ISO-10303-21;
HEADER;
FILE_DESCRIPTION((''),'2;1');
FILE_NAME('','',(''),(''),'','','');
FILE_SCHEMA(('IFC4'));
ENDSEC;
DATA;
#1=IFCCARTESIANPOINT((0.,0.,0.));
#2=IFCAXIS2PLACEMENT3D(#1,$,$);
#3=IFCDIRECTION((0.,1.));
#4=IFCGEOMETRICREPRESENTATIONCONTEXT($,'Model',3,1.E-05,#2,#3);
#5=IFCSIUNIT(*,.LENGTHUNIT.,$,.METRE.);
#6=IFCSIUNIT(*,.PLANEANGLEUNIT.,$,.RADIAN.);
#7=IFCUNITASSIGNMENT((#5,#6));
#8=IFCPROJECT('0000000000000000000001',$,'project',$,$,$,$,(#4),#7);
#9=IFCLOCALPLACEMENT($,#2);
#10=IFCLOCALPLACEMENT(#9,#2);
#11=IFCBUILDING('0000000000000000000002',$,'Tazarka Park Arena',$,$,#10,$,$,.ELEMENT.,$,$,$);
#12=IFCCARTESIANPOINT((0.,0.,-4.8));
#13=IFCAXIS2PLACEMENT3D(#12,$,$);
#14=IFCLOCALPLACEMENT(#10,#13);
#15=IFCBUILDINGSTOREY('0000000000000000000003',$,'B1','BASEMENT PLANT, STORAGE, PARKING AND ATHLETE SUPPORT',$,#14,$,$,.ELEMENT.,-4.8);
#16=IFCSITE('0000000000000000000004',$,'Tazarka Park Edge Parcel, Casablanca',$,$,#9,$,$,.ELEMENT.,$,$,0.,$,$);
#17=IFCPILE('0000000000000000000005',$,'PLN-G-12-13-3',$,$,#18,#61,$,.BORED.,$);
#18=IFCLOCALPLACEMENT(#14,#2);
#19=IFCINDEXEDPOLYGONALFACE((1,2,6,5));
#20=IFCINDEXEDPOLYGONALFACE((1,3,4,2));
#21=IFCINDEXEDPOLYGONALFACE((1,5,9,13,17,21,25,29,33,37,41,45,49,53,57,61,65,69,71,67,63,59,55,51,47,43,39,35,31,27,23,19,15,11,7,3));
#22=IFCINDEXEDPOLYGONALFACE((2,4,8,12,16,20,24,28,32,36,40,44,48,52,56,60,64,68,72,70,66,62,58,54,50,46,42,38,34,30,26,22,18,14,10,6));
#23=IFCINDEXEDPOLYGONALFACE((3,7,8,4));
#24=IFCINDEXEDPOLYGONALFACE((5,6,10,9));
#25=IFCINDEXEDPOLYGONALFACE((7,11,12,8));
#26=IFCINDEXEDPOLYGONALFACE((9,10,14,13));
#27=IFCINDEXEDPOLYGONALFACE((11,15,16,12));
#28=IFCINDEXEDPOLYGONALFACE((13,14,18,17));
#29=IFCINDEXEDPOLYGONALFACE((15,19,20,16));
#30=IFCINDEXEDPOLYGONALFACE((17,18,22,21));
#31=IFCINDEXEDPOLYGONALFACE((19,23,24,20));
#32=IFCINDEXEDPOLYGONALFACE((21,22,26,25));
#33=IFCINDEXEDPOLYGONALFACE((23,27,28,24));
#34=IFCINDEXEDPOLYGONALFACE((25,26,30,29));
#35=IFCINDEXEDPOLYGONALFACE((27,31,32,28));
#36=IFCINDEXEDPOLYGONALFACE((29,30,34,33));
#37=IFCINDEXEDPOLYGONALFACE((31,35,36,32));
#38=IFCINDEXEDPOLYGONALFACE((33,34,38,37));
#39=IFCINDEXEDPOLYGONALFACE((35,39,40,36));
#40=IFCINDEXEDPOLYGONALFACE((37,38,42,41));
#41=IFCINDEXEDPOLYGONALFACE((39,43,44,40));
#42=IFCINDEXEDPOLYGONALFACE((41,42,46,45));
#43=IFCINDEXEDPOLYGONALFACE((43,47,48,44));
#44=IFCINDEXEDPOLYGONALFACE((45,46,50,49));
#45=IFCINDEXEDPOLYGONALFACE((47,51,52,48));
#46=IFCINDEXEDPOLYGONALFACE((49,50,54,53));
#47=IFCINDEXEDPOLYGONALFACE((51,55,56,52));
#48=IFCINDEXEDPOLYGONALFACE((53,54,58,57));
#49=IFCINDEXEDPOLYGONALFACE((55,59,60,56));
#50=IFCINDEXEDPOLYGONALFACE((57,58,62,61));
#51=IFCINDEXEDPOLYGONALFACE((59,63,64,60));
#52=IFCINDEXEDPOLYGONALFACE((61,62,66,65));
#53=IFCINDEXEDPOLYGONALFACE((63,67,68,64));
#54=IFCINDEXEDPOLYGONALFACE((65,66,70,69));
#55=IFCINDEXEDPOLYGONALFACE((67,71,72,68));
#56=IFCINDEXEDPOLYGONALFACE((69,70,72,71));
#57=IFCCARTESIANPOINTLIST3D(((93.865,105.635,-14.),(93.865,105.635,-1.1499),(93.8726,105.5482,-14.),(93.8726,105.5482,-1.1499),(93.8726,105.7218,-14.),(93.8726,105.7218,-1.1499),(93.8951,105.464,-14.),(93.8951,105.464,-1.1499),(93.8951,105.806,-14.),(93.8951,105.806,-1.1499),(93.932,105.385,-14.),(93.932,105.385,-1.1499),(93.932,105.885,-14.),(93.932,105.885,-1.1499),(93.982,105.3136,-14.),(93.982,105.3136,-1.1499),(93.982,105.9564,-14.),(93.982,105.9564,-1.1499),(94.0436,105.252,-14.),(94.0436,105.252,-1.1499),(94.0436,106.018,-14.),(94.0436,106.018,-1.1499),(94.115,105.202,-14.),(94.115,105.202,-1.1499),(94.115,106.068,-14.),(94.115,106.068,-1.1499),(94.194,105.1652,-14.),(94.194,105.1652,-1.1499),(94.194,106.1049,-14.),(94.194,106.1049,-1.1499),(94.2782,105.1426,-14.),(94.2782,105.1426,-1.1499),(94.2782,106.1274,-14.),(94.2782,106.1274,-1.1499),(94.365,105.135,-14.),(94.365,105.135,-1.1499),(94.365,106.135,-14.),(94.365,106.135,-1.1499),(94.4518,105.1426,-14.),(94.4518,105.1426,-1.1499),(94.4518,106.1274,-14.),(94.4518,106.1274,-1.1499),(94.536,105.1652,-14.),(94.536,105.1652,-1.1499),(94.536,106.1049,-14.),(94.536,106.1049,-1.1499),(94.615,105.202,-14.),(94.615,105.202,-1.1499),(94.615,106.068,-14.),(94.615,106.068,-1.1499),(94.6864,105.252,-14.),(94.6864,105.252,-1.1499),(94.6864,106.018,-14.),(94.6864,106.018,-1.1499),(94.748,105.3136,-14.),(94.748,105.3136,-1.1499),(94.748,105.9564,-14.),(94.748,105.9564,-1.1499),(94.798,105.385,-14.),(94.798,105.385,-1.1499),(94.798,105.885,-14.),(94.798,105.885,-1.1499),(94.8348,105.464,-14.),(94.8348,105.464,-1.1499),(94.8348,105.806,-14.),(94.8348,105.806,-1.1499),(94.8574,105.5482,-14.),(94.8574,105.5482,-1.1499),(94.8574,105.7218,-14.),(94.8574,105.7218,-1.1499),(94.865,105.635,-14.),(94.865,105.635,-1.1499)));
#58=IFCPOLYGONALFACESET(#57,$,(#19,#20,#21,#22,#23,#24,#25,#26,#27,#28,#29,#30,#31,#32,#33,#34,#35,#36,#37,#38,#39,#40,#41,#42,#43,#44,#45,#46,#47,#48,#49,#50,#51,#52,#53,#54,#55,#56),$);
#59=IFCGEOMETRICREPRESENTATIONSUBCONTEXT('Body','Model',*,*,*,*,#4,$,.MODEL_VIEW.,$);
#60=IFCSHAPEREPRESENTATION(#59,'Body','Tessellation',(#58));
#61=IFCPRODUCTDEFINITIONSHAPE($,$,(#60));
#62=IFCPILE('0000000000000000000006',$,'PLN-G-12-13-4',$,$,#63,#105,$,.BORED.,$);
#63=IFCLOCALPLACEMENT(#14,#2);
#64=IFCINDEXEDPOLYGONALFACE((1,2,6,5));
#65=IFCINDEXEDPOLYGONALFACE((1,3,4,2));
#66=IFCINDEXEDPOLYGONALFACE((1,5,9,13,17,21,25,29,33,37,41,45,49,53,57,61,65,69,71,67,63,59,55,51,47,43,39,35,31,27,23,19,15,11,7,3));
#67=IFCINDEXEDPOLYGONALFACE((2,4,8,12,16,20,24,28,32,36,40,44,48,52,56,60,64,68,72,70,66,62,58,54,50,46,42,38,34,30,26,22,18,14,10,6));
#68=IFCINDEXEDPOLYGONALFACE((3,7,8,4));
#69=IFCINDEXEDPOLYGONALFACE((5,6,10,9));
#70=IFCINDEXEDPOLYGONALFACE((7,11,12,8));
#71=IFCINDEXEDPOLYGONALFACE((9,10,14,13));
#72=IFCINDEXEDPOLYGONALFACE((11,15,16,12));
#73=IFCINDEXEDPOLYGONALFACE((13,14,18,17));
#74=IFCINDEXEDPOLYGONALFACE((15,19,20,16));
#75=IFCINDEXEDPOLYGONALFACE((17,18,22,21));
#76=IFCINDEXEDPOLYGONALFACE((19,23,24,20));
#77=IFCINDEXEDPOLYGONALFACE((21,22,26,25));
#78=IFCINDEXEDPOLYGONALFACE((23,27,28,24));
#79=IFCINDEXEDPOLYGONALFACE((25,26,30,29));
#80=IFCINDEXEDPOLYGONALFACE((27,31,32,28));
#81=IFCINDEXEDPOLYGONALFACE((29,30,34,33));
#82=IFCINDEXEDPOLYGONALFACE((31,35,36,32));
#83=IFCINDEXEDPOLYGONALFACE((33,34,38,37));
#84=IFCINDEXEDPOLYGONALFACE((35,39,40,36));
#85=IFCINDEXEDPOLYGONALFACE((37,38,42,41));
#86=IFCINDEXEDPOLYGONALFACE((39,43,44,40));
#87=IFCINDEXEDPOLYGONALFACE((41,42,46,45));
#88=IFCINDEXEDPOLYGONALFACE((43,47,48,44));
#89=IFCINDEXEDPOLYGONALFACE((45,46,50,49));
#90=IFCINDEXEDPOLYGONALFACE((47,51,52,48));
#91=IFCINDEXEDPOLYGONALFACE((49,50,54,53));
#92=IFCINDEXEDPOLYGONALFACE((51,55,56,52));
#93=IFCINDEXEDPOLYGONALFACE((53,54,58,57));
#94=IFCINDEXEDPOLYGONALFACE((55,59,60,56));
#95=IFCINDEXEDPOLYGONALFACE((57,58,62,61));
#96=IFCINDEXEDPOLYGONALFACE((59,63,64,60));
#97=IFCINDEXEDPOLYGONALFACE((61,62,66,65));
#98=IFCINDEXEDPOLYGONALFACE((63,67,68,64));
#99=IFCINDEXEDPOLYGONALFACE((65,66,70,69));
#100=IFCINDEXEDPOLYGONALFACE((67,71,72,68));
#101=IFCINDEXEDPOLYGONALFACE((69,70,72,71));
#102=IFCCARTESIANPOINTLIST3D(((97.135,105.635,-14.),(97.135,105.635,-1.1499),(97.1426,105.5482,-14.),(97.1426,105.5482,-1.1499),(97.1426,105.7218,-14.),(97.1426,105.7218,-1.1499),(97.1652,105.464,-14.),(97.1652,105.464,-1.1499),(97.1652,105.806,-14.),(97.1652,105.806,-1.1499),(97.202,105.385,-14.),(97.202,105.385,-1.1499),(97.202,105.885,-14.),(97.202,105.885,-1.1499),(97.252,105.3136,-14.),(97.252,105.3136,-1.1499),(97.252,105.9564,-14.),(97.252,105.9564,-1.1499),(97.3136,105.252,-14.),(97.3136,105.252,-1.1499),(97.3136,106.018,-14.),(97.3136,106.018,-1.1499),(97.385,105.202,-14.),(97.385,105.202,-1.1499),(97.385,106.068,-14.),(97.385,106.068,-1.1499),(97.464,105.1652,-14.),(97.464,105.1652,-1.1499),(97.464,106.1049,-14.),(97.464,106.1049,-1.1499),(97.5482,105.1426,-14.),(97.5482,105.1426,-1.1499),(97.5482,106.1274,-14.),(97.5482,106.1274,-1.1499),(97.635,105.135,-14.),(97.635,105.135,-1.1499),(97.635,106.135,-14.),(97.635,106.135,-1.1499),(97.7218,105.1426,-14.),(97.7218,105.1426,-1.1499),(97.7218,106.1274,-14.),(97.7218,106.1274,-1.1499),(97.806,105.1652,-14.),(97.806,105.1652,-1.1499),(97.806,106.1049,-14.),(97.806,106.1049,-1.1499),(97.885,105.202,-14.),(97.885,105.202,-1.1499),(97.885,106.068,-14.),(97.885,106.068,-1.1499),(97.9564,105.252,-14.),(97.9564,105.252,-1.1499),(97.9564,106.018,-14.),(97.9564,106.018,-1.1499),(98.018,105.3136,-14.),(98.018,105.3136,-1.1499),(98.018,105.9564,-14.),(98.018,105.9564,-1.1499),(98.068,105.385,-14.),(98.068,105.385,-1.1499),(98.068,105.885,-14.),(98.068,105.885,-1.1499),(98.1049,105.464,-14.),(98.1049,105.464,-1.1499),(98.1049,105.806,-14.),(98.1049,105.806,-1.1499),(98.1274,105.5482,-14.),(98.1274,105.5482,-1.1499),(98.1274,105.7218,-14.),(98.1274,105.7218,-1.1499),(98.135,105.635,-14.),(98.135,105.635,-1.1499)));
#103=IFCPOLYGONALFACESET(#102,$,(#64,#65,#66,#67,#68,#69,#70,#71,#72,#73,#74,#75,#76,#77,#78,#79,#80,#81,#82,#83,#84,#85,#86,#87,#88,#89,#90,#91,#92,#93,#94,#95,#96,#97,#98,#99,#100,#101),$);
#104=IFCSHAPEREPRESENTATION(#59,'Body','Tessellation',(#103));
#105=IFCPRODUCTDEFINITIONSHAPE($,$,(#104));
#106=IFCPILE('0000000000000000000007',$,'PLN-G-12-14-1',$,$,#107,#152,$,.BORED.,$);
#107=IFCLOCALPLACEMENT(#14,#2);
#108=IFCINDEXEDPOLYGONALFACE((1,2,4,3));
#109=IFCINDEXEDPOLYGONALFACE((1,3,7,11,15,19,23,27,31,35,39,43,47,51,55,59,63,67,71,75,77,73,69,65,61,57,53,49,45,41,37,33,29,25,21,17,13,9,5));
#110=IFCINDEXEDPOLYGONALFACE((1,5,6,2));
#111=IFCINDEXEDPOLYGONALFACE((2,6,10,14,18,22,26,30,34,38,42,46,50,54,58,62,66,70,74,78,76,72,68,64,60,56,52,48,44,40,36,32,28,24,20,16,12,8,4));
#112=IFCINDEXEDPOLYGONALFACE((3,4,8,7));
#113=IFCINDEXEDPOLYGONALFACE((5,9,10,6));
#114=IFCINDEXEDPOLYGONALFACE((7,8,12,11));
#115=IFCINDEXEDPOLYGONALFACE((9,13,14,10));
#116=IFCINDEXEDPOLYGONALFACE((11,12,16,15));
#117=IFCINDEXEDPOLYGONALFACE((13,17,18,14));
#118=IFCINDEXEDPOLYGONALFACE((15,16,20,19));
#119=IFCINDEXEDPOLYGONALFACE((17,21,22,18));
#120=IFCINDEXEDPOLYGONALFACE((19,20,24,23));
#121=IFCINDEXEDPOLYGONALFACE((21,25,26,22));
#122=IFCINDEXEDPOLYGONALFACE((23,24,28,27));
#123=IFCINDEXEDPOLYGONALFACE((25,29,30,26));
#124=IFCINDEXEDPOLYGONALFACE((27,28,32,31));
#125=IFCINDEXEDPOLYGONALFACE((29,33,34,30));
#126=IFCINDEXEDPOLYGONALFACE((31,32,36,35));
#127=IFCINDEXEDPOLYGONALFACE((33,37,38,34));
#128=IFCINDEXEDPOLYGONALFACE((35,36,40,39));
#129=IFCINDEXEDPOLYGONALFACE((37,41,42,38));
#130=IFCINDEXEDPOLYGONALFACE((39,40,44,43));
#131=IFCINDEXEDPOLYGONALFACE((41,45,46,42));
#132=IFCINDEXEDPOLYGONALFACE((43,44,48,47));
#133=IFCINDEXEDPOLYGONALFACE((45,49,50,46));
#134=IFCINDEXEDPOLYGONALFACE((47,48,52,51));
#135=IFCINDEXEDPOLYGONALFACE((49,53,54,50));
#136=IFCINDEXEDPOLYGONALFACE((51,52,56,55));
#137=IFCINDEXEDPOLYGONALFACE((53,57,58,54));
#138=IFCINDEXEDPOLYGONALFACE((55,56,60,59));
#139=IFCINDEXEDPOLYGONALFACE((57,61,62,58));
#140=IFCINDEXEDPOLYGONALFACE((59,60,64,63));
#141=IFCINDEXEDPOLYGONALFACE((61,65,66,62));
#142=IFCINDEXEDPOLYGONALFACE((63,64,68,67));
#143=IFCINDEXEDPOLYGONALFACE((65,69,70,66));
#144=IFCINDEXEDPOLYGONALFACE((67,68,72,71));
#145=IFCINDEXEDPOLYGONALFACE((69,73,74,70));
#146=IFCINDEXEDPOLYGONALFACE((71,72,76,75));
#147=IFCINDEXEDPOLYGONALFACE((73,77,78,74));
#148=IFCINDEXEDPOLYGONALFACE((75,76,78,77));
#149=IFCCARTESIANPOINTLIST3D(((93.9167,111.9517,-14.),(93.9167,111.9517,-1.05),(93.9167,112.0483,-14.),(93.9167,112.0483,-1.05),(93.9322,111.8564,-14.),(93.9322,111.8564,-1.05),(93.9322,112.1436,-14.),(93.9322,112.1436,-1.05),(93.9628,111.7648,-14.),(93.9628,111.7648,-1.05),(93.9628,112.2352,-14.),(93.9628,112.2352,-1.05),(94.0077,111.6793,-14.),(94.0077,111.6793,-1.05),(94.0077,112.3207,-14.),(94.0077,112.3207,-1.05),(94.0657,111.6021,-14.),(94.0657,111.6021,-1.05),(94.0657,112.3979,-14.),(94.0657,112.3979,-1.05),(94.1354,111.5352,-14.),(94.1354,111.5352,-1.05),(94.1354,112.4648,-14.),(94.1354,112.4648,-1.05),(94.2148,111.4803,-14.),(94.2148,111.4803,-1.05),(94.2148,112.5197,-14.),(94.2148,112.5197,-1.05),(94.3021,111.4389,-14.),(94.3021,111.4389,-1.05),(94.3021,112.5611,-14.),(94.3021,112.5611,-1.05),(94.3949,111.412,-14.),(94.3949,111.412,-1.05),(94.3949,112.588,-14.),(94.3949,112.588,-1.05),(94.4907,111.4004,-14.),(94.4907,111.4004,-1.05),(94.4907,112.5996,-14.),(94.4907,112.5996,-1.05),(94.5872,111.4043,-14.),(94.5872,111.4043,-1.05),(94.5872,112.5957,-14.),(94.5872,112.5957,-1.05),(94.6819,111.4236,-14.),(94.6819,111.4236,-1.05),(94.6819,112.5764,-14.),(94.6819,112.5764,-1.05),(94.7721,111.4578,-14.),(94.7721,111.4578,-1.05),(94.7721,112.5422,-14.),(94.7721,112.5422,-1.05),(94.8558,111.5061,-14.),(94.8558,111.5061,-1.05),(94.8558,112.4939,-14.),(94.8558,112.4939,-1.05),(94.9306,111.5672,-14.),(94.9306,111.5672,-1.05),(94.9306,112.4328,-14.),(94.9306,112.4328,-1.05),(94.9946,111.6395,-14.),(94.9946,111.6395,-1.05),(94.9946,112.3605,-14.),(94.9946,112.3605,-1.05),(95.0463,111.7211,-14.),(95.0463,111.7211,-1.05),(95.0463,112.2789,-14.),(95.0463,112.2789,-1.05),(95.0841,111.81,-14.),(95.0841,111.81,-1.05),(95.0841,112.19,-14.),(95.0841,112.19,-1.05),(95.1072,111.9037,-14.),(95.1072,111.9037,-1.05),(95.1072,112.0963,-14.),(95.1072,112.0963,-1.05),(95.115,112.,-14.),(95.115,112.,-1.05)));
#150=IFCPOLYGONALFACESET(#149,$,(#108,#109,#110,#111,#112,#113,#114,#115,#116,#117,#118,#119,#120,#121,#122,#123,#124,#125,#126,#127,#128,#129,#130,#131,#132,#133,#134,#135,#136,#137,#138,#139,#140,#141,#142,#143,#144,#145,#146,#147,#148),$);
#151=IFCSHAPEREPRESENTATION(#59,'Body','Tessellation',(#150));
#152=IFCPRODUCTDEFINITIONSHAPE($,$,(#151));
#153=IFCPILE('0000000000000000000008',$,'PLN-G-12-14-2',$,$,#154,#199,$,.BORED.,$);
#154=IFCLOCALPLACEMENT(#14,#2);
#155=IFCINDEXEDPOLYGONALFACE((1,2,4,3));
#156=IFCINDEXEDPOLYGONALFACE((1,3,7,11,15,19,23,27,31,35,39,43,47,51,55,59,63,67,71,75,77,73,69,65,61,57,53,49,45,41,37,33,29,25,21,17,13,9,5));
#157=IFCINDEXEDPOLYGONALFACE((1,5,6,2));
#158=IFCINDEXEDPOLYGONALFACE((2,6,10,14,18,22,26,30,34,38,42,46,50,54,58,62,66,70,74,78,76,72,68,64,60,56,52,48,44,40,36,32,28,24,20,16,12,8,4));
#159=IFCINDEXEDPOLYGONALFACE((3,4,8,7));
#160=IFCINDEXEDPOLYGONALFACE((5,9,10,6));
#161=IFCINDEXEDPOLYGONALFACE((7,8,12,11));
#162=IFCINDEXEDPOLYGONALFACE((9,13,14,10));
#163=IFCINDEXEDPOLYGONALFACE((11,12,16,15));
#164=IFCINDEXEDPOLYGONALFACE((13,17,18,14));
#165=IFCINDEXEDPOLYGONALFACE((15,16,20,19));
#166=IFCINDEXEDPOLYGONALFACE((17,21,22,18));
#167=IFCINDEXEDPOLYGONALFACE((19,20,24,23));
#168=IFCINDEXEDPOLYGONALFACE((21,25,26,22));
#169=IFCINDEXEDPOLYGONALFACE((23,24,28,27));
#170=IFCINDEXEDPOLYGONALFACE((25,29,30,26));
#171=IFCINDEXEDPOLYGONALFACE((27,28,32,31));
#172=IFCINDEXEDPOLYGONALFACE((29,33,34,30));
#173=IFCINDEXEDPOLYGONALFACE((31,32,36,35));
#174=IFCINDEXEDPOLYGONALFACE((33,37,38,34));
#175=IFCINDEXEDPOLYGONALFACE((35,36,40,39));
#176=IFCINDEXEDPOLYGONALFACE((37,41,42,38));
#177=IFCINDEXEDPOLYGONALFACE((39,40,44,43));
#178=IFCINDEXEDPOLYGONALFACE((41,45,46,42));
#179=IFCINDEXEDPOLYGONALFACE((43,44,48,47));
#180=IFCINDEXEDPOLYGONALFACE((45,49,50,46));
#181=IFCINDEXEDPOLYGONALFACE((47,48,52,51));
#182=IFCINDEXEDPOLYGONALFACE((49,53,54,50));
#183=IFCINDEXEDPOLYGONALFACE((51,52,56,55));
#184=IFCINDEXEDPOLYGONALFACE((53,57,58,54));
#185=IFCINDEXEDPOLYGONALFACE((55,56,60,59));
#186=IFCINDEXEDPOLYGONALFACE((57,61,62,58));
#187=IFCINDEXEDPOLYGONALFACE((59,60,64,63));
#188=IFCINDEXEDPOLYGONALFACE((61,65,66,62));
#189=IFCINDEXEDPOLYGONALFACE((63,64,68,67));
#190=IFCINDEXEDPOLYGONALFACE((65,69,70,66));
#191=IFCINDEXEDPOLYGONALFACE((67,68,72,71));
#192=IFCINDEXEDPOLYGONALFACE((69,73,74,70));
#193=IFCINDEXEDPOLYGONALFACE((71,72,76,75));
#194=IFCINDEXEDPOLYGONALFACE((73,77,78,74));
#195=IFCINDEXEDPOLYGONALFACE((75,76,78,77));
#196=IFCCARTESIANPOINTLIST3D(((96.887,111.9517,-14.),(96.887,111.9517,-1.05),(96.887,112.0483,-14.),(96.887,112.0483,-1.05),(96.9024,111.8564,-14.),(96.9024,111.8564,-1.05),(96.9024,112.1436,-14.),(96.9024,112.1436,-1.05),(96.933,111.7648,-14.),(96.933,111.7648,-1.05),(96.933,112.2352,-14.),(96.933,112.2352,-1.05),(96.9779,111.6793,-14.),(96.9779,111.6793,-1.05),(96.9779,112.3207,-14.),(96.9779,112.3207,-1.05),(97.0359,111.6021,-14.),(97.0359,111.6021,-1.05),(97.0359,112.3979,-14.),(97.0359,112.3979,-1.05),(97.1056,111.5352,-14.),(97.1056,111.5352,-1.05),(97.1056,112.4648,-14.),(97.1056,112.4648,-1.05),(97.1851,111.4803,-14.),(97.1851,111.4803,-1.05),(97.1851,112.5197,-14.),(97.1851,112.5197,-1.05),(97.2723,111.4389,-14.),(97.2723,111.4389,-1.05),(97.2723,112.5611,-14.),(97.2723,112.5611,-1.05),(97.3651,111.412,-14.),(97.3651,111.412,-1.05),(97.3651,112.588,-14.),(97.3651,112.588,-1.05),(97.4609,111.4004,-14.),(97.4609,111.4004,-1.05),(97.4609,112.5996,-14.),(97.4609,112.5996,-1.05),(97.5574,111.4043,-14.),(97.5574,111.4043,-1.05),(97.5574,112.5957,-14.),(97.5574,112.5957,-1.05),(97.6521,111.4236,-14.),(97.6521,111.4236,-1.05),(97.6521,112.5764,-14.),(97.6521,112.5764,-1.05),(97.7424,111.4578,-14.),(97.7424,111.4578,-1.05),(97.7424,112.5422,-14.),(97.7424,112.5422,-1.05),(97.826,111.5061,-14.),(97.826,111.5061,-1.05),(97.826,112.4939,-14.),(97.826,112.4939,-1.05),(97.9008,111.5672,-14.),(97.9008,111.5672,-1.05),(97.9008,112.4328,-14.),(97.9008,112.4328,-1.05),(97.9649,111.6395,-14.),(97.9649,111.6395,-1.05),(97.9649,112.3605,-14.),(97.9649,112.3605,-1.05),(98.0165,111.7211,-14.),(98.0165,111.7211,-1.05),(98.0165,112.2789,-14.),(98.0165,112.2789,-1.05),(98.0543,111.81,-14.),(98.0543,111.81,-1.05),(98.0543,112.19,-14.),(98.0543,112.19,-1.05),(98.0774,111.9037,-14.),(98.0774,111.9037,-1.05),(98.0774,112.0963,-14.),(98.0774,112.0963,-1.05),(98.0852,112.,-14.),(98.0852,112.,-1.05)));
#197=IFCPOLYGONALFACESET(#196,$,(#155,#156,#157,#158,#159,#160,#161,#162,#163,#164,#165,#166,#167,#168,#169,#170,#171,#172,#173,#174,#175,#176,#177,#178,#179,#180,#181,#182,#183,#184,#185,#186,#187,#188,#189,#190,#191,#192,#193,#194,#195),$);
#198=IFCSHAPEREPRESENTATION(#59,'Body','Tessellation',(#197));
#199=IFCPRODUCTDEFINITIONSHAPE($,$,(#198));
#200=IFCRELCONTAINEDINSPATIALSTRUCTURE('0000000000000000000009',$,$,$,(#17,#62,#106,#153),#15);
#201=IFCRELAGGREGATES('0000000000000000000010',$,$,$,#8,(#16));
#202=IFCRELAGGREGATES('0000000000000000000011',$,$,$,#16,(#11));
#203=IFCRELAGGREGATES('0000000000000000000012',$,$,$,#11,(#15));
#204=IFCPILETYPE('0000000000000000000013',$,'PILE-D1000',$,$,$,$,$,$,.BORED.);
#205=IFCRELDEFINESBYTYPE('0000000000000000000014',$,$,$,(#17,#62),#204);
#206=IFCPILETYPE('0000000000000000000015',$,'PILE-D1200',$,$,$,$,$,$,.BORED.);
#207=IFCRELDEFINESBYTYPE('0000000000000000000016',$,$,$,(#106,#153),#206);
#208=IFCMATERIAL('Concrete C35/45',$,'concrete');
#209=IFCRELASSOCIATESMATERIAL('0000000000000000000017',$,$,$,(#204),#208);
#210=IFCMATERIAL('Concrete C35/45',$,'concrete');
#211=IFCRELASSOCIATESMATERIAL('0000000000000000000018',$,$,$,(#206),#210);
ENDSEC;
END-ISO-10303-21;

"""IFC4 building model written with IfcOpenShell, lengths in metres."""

from ifc_helpers import new_model, si_unit, direction, frame, origin, origin_2d, place, context, subcontext, project, spatial, circle, extrude, material, material_profile, profile_set, type_object, element, save


model = new_model("IFC4")

# Units and contexts
model_context = context("Model", 3, precision=1e-05, world=origin(), true_north=direction((0.0, 1.0)))
body_context = subcontext(model_context, "Body", "Model", "MODEL_VIEW")
ifc_project = project(units=[si_unit("LENGTHUNIT", "METRE"), si_unit("PLANEANGLEUNIT", "RADIAN")], contexts=[model_context])

# Site, building, storey
site_placement = place(None, origin())
site = spatial("IfcSite", under=ifc_project, at=site_placement, Name="Tazarka Park Edge Parcel, Casablanca", CompositionType="ELEMENT", RefElevation=0.0)
building_placement = place(site_placement, origin())
building = spatial("IfcBuilding", under=site, at=building_placement, Name="Tazarka Park Arena", CompositionType="ELEMENT")
storey_placement = place(building_placement, frame((0.0, 0.0, -4.8)))
storey = spatial("IfcBuildingStorey", under=building, at=storey_placement, Name="B1", Description="BASEMENT PLANT, STORAGE, PARKING AND ATHLETE SUPPORT", CompositionType="ELEMENT", Elevation=-4.8)

# Piles
ifc_material_1 = material(Name="Concrete C35/45", Category="concrete")
ifc_material_profile_1 = material_profile(ifc_material_1, circle(Radius=0.5, at=origin_2d()), Name="Concrete C35/45")
ifc_profile_set_1 = profile_set([ifc_material_profile_1], Name="Concrete C35/45")
pile_type_1 = type_object("IfcPileType", Name="PILE-D1000", PredefinedType="BORED", material=ifc_profile_set_1)
for number, where, z_axis, x_axis, name in (
    (1, (94.365, 105.635, -1.1499), (0.0, 0.0, -1.0), (1.0, 0.0, 0.0), "PLN-G-12-13-3"),
    (2, (97.635, 105.635, -1.1499), (0.0, 0.0, -1.0), (1.0, 0.0, 0.0), "PLN-G-12-13-4"),
):
    element("IfcPile", number, at=place(storey_placement, frame(where, z_axis=z_axis, x_axis=x_axis)), inside=storey, type_object=pile_type_1, Name=name, PredefinedType="BORED", context=body_context, shape_type="SweptSolid", body=[
        extrude(circle(Radius=0.5, at=origin_2d()), origin(), (0.0, 0.0, 1.0), 12.8501),
    ])
ifc_material_2 = material(Name="Concrete C35/45", Category="concrete")
ifc_material_profile_2 = material_profile(ifc_material_2, circle(Radius=0.6001, at=origin_2d()), Name="Concrete C35/45")
ifc_profile_set_2 = profile_set([ifc_material_profile_2], Name="Concrete C35/45")
pile_type_2 = type_object("IfcPileType", Name="PILE-D1200", PredefinedType="BORED", material=ifc_profile_set_2)
for number, where, z_axis, x_axis, name in (
    (3, (94.5149, 112.0, -1.05), (0.0, 0.0, -1.0), (1.0, 0.0, 0.0), "PLN-G-12-14-1"),
    (4, (97.4851, 112.0, -1.05), (0.0, 0.0, -1.0), (1.0, 0.0, 0.0), "PLN-G-12-14-2"),
):
    element("IfcPile", number, at=place(storey_placement, frame(where, z_axis=z_axis, x_axis=x_axis)), inside=storey, type_object=pile_type_2, Name=name, PredefinedType="BORED", context=body_context, shape_type="SweptSolid", body=[
        extrude(circle(Radius=0.6001, at=origin_2d()), origin(), (0.0, 0.0, 1.0), 12.95),
    ])

save(model, "model.ifc")
